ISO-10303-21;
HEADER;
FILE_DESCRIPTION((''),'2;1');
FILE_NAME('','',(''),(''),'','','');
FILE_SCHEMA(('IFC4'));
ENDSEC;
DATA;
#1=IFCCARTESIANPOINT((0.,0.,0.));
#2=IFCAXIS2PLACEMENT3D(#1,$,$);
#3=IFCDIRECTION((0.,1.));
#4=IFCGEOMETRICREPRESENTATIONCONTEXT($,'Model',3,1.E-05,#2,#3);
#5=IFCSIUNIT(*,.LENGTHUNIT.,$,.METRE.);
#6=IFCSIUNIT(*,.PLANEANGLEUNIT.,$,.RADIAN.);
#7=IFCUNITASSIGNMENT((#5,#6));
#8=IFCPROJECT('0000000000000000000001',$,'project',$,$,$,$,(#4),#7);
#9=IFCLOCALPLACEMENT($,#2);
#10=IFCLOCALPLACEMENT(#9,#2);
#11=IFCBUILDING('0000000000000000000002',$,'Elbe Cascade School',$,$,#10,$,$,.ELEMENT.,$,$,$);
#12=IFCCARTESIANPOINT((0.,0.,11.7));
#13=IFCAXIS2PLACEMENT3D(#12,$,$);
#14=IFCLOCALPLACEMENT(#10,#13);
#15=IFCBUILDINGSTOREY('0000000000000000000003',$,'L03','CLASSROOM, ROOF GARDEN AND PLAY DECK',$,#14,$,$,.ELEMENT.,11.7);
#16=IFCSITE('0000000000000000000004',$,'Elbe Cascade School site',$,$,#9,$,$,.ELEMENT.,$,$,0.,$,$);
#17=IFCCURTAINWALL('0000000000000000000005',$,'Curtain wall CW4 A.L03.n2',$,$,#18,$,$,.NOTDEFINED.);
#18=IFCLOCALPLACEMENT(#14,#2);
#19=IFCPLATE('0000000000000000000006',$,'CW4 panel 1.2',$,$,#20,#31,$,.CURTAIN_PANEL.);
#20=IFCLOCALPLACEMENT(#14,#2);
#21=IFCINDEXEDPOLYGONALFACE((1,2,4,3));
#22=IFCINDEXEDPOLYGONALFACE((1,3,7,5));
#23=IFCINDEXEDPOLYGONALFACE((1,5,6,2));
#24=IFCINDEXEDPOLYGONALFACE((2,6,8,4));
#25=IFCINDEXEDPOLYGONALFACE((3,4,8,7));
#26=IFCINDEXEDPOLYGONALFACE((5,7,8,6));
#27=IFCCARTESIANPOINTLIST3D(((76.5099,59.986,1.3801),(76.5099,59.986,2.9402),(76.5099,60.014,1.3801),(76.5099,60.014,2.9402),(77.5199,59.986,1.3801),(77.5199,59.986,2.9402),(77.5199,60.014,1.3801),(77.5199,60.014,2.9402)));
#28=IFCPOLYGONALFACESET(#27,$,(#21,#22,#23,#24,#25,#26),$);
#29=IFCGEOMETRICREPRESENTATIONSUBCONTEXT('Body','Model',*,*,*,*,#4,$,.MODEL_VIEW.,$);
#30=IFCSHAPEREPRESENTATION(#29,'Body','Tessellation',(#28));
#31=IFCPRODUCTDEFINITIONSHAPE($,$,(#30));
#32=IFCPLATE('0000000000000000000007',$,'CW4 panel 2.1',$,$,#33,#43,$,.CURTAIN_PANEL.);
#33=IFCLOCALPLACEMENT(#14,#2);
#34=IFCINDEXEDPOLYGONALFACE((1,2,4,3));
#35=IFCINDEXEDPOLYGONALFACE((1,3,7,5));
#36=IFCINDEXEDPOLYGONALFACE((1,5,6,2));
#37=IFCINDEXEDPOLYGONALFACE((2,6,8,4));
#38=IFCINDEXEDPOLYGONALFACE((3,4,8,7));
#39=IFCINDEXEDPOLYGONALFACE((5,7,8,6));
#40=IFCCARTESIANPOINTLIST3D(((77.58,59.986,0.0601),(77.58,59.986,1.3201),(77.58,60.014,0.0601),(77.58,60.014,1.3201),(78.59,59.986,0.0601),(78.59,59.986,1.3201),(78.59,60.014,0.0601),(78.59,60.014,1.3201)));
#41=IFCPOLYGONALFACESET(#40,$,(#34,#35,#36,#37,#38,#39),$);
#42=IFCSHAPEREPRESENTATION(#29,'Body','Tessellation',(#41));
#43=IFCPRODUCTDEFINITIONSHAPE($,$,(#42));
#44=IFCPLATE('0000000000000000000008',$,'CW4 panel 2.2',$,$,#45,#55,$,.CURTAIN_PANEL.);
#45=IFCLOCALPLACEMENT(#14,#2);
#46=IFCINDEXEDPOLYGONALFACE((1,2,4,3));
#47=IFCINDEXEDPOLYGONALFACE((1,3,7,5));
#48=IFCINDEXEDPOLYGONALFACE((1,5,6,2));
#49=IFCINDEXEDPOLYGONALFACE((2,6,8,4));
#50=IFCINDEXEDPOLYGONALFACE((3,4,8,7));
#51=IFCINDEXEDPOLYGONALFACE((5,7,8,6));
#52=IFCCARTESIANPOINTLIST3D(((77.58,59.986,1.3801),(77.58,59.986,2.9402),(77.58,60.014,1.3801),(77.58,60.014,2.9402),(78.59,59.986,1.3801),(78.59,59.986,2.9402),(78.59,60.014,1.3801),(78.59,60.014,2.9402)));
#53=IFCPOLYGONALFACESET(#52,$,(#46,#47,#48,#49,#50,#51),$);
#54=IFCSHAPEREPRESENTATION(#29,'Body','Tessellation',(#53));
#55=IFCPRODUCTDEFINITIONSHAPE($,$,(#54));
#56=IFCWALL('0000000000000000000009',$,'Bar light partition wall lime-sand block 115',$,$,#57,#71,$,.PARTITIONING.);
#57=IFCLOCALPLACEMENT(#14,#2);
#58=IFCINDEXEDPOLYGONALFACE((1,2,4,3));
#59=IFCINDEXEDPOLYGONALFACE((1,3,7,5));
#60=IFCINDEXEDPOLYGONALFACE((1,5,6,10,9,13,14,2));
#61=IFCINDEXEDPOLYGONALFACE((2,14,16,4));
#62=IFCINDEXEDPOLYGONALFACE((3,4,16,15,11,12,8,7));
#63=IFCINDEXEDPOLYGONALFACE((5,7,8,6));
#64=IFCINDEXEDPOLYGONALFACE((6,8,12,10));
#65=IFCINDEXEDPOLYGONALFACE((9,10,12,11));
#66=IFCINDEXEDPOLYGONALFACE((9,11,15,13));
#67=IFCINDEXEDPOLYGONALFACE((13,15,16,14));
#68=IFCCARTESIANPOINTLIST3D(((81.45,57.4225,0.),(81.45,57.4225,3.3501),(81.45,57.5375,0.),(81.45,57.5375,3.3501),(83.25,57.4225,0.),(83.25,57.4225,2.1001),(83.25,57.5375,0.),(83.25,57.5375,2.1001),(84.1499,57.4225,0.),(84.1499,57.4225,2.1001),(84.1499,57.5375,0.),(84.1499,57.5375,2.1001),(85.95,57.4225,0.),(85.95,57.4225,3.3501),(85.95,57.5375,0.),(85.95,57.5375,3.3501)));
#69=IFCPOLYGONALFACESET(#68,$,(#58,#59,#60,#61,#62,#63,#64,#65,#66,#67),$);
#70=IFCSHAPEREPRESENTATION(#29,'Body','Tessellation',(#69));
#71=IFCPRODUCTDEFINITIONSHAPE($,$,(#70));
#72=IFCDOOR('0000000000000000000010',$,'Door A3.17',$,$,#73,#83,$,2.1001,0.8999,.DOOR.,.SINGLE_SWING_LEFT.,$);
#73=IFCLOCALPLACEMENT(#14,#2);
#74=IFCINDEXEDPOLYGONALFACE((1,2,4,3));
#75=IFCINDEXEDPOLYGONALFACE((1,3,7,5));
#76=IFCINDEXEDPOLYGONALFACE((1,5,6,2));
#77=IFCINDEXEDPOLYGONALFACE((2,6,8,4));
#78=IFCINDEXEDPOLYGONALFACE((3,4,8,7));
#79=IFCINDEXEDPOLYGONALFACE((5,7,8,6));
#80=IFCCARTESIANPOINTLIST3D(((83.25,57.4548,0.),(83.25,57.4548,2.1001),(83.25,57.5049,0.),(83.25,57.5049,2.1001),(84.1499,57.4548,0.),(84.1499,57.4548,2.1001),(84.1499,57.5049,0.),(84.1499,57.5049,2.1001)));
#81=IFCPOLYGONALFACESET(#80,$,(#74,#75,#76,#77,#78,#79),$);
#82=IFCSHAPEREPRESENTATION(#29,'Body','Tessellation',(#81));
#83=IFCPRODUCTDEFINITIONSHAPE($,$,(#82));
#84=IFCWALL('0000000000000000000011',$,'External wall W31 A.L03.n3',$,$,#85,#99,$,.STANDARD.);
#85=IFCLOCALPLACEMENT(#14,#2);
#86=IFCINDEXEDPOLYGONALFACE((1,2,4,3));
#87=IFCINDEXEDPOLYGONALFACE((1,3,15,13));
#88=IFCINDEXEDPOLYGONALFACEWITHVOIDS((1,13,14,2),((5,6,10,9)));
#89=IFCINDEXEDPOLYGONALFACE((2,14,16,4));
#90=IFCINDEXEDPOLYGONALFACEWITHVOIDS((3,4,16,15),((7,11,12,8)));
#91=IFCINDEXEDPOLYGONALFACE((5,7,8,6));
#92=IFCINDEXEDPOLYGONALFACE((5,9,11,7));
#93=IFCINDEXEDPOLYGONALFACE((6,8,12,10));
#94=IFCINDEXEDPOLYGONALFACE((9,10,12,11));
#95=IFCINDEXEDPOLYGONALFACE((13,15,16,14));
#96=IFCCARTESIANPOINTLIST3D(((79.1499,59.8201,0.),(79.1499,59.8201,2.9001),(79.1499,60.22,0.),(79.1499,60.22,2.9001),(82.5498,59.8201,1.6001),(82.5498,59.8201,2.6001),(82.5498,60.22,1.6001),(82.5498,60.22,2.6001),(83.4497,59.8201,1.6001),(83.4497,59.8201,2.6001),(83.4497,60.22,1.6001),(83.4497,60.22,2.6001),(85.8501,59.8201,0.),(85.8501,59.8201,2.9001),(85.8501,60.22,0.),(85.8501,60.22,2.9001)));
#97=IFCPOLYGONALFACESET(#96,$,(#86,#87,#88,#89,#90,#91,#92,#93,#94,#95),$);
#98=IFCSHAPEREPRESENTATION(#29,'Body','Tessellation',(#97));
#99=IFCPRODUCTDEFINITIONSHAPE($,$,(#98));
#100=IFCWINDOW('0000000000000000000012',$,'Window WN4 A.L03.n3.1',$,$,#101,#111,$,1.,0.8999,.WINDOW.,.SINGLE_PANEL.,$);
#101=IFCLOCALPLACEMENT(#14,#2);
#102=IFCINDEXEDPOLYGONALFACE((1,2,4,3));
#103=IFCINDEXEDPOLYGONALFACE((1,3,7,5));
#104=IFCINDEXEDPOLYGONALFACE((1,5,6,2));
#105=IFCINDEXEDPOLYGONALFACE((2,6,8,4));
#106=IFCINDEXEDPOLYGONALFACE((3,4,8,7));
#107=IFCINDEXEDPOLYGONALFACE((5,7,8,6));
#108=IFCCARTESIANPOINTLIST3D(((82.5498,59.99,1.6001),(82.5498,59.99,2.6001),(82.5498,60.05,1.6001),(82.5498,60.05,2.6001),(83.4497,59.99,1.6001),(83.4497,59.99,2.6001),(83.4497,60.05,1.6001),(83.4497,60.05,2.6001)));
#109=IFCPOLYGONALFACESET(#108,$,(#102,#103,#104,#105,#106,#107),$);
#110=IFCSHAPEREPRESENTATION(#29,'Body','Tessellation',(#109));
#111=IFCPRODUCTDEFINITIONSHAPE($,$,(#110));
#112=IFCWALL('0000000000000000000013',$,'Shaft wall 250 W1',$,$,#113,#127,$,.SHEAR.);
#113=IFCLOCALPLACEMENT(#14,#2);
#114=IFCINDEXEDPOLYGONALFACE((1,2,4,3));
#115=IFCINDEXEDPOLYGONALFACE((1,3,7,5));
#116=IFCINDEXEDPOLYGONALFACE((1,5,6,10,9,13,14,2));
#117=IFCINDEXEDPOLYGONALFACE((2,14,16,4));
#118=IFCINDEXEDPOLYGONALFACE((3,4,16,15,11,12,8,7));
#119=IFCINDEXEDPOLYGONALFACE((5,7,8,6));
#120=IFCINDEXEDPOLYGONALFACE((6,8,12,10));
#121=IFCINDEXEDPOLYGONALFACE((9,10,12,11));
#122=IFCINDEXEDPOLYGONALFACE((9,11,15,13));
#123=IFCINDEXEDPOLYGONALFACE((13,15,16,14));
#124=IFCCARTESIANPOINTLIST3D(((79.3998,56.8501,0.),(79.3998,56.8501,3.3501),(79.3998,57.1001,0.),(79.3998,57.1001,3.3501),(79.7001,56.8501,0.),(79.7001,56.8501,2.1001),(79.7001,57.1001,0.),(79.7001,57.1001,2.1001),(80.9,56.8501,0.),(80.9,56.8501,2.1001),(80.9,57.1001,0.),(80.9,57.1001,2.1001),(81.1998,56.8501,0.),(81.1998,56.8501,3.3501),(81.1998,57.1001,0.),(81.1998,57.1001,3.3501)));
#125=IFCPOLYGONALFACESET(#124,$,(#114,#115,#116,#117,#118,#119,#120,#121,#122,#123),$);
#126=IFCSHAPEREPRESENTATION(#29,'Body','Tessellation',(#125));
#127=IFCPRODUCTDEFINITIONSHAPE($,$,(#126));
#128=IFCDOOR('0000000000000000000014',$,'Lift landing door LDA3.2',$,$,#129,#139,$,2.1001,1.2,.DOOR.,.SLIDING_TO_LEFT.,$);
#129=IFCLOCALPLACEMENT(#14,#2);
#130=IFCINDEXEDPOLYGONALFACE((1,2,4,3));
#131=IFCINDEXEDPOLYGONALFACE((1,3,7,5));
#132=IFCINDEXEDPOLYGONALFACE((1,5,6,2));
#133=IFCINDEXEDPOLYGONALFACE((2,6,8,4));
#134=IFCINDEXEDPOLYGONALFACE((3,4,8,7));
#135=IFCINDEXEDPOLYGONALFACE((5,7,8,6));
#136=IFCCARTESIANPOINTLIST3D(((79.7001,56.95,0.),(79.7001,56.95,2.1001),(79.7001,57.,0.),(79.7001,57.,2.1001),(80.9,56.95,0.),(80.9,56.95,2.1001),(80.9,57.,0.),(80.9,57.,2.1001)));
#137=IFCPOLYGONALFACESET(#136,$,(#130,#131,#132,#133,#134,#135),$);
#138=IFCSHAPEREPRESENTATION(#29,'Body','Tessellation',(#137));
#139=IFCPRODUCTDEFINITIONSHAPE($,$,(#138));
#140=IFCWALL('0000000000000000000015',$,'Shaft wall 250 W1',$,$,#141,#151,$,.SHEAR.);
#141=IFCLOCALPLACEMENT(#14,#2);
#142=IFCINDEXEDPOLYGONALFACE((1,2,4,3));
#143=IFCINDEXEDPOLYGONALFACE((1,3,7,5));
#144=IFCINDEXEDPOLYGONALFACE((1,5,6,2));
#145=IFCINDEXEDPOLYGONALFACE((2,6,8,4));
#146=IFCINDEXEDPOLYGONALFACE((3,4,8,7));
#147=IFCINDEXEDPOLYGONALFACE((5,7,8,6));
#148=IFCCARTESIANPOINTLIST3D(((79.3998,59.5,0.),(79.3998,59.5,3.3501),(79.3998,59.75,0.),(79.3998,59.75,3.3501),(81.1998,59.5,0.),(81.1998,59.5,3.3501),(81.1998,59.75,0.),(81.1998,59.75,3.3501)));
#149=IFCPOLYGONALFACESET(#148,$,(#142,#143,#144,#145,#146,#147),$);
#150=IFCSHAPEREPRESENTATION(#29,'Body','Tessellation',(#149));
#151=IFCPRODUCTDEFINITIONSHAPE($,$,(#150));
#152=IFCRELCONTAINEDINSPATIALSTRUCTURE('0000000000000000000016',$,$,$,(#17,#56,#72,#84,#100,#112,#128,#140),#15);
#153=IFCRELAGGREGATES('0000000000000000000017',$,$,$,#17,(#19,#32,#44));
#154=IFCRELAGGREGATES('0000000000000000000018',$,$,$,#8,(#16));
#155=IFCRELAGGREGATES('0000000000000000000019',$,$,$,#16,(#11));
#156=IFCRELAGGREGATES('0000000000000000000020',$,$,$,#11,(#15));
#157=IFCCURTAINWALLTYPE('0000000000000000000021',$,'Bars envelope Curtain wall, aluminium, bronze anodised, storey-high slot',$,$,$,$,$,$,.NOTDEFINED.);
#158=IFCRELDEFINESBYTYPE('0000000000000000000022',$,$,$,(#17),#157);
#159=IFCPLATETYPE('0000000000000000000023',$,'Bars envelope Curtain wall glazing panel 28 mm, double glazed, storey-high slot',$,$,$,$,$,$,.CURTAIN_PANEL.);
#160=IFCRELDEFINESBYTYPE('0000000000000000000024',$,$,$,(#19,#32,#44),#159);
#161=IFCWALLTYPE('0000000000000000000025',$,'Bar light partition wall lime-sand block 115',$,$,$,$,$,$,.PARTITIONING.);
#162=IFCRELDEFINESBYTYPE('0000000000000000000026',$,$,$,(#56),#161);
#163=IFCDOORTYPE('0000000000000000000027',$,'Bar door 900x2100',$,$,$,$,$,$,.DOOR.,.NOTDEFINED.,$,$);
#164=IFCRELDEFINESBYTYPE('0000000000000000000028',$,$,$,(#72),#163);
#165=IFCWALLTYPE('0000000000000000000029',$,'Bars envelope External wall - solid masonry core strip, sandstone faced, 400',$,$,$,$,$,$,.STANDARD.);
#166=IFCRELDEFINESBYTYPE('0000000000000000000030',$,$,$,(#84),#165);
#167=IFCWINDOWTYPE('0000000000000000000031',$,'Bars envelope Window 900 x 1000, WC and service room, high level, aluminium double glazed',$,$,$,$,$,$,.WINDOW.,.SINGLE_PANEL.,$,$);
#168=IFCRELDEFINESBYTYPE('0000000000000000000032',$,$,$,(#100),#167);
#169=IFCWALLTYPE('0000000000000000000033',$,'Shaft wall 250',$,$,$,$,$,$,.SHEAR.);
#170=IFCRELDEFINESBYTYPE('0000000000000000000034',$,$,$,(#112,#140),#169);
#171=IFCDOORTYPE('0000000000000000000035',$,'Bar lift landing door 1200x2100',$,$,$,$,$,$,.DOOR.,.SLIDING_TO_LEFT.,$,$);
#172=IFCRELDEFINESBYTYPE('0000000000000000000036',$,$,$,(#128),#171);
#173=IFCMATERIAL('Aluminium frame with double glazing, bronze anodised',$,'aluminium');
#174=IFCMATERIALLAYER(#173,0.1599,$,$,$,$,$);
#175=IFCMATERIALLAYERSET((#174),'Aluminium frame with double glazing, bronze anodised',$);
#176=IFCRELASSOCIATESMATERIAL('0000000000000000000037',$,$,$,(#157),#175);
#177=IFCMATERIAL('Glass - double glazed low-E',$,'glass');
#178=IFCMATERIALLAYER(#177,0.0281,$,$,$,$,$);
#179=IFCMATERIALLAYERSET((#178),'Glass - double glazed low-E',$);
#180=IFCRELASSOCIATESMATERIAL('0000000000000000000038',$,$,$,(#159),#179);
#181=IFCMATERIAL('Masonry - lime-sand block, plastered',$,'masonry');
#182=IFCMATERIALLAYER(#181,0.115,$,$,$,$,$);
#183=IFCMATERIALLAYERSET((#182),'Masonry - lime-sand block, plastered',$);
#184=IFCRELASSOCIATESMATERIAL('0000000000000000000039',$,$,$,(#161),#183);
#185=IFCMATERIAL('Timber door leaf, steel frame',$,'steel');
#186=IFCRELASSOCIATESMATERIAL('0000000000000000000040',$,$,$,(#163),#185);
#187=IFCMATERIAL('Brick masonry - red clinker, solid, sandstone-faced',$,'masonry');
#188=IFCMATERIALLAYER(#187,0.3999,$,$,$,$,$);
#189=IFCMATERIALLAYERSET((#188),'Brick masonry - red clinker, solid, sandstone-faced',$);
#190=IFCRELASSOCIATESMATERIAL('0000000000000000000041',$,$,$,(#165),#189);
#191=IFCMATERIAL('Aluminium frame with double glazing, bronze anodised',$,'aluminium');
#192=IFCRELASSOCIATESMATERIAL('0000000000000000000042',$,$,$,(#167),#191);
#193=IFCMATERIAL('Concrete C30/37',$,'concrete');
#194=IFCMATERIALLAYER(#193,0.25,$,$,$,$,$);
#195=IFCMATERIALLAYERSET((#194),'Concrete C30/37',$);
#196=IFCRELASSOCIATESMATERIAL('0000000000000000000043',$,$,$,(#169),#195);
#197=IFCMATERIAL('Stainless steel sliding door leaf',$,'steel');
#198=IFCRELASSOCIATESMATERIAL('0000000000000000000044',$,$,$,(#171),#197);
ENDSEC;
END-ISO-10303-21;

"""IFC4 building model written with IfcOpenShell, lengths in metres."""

from ifc_helpers import new_model, si_unit, direction, frame, frame_2d, origin, origin_2d, place, context, subcontext, project, spatial, rectangle, extrude, material, layer, layer_set, type_object, element, fill, aggregate, save


model = new_model("IFC4")

# Units and contexts
model_context = context("Model", 3, precision=1e-05, world=origin(), true_north=direction((0.0, 1.0)))
body_context = subcontext(model_context, "Body", "Model", "MODEL_VIEW")
ifc_project = project(units=[si_unit("LENGTHUNIT", "METRE"), si_unit("PLANEANGLEUNIT", "RADIAN")], contexts=[model_context])

# Site, building, storey
site_placement = place(None, origin())
site = spatial("IfcSite", under=ifc_project, at=site_placement, Name="Elbe Cascade School site", CompositionType="ELEMENT", RefElevation=0.0)
building_placement = place(site_placement, origin())
building = spatial("IfcBuilding", under=site, at=building_placement, Name="Elbe Cascade School", CompositionType="ELEMENT")
storey_placement = place(building_placement, frame((0.0, 0.0, 11.7)))
storey = spatial("IfcBuildingStorey", under=building, at=storey_placement, Name="L03", Description="CLASSROOM, ROOF GARDEN AND PLAY DECK", CompositionType="ELEMENT", Elevation=11.7)

# Curtain wall
ifc_material_1 = material(Name="Aluminium frame with double glazing, bronze anodised", Category="aluminium")
ifc_layer_1 = layer(ifc_material_1, 0.1599)
ifc_layer_set_1 = layer_set([ifc_layer_1], Name="Aluminium frame with double glazing, bronze anodised")
curtain_wall_type = type_object("IfcCurtainWallType", Name="Bars envelope Curtain wall, aluminium, bronze anodised, storey-high slot", PredefinedType="NOTDEFINED", material=ifc_layer_set_1)
curtain_wall_placement = place(storey_placement, origin())
curtain_wall = element("IfcCurtainWall", 1, at=curtain_wall_placement, inside=storey, type_object=curtain_wall_type, Name="Curtain wall CW4 A.L03.n2", PredefinedType="NOTDEFINED")

# Plates
ifc_material_2 = material(Name="Glass - double glazed low-E", Category="glass")
ifc_layer_2 = layer(ifc_material_2, 0.0281)
ifc_layer_set_2 = layer_set([ifc_layer_2], Name="Glass - double glazed low-E")
plate_type = type_object("IfcPlateType", Name="Bars envelope Curtain wall glazing panel 28 mm, double glazed, storey-high slot", PredefinedType="CURTAIN_PANEL", material=ifc_layer_set_2)
plate_1_placement = place(storey_placement, frame((77.0149, 60.0, 1.3801), z_axis=(0.0, 0.0, 1.0), x_axis=(1.0, 0.0, 0.0)))
plate_1 = element("IfcPlate", 2, at=plate_1_placement, type_object=plate_type, Name="CW4 panel 1.2", PredefinedType="CURTAIN_PANEL", context=body_context, shape_type="SweptSolid", body=[
    extrude(rectangle(XDim=1.01, YDim=0.0281, at=origin_2d()), origin(), (0.0, 0.0, 1.0), 1.5601),
])
plate_2_placement = place(storey_placement, frame((78.085, 60.0, 0.0601), z_axis=(0.0, 0.0, 1.0), x_axis=(1.0, 0.0, 0.0)))
plate_2 = element("IfcPlate", 3, at=plate_2_placement, type_object=plate_type, Name="CW4 panel 2.1", PredefinedType="CURTAIN_PANEL", context=body_context, shape_type="SweptSolid", body=[
    extrude(rectangle(XDim=1.01, YDim=0.0281, at=origin_2d()), origin(), (0.0, 0.0, 1.0), 1.26),
])
plate_3_placement = place(storey_placement, frame((78.085, 60.0, 1.3801), z_axis=(0.0, 0.0, 1.0), x_axis=(1.0, 0.0, 0.0)))
plate_3 = element("IfcPlate", 4, at=plate_3_placement, type_object=plate_type, Name="CW4 panel 2.2", PredefinedType="CURTAIN_PANEL", context=body_context, shape_type="SweptSolid", body=[
    extrude(rectangle(XDim=1.01, YDim=0.0281, at=origin_2d()), origin(), (0.0, 0.0, 1.0), 1.5601),
])
aggregate(curtain_wall, [plate_1, plate_2, plate_3])

# Wall, opening, door
ifc_material_3 = material(Name="Masonry - lime-sand block, plastered", Category="masonry")
ifc_layer_3 = layer(ifc_material_3, 0.115)
ifc_layer_set_3 = layer_set([ifc_layer_3], Name="Masonry - lime-sand block, plastered")
wall_type_1 = type_object("IfcWallType", Name="Bar light partition wall lime-sand block 115", PredefinedType="PARTITIONING", material=ifc_layer_set_3)
wall_1_placement = place(storey_placement, frame((81.45, 57.48, 0.0), z_axis=(0.0, 0.0, 1.0), x_axis=(1.0, 0.0, 0.0)))
wall_1 = element("IfcWall", 5, at=wall_1_placement, inside=storey, type_object=wall_type_1, Name="Bar light partition wall lime-sand block 115", PredefinedType="PARTITIONING", context=body_context, shape_type="SweptSolid", body=[
    extrude(rectangle(XDim=4.5, YDim=0.115, at=frame_2d((2.25, 0.0))), origin(), (0.0, 0.0, 1.0), 3.3501),
])
opening_1_placement = place(wall_1_placement, frame((1.8, 0.0, 0.0)))
opening_1 = element("IfcOpeningElement", 6, at=opening_1_placement, cuts=wall_1, PredefinedType="OPENING", context=body_context, shape_type="SweptSolid", body=[
    extrude(rectangle(XDim=0.8999, YDim=2.1001, at=frame_2d((0.45, 1.05))), frame((0.0, 0.0674, 0.0), z_axis=(0.0, -1.0, 0.0), x_axis=(1.0, 0.0, 0.0)), (0.0, 0.0, 1.0), 0.135),
])
ifc_material_4 = material(Name="Timber door leaf, steel frame", Category="steel")
door_type_1 = type_object("IfcDoorType", Name="Bar door 900x2100", OperationType="NOTDEFINED", PredefinedType="DOOR", material=ifc_material_4)
door_1_placement = place(opening_1_placement, origin())
door_1 = element("IfcDoor", 7, at=door_1_placement, inside=storey, type_object=door_type_1, Name="Door A3.17", OperationType="SINGLE_SWING_LEFT", OverallHeight=2.1001, OverallWidth=0.8999, PredefinedType="DOOR", context=body_context, shape_type="SweptSolid", body=[
    extrude(rectangle(XDim=0.8999, YDim=2.1001, at=frame_2d((0.45, 1.05))), frame((0.0, 0.0249, 0.0), z_axis=(0.0, -1.0, 0.0), x_axis=(1.0, 0.0, 0.0)), (0.0, 0.0, 1.0), 0.05),
])
fill(opening_1, door_1)

# Wall, opening, window
ifc_material_5 = material(Name="Brick masonry - red clinker, solid, sandstone-faced", Category="masonry")
ifc_layer_4 = layer(ifc_material_5, 0.3999)
ifc_layer_set_4 = layer_set([ifc_layer_4], Name="Brick masonry - red clinker, solid, sandstone-faced")
wall_type_2 = type_object("IfcWallType", Name="Bars envelope External wall - solid masonry core strip, sandstone faced, 400", PredefinedType="STANDARD", material=ifc_layer_set_4)
wall_2_placement = place(storey_placement, frame((79.1499, 60.02, 0.0), z_axis=(0.0, 0.0, 1.0), x_axis=(1.0, 0.0, 0.0)))
wall_2 = element("IfcWall", 8, at=wall_2_placement, inside=storey, type_object=wall_type_2, Name="External wall W31 A.L03.n3", PredefinedType="STANDARD", context=body_context, shape_type="SweptSolid", body=[
    extrude(rectangle(XDim=6.7002, YDim=0.3999, at=frame_2d((3.3501, 0.0))), origin(), (0.0, 0.0, 1.0), 2.9001),
])
opening_2_placement = place(wall_2_placement, frame((3.3999, 0.0, 1.6001)))
opening_2 = element("IfcOpeningElement", 9, at=opening_2_placement, cuts=wall_2, PredefinedType="OPENING", context=body_context, shape_type="SweptSolid", body=[
    extrude(rectangle(XDim=0.8999, YDim=1.0, at=frame_2d((0.45, 0.5))), frame((0.0, 0.21, 0.0), z_axis=(0.0, -1.0, 0.0), x_axis=(1.0, 0.0, 0.0)), (0.0, 0.0, 1.0), 0.4199),
])
ifc_material_6 = material(Name="Aluminium frame with double glazing, bronze anodised", Category="aluminium")
window_type = type_object("IfcWindowType", Name="Bars envelope Window 900 x 1000, WC and service room, high level, aluminium double glazed", PartitioningType="SINGLE_PANEL", PredefinedType="WINDOW", material=ifc_material_6)
window_placement = place(opening_2_placement, origin())
window = element("IfcWindow", 10, at=window_placement, inside=storey, type_object=window_type, Name="Window WN4 A.L03.n3.1", OverallHeight=1.0, OverallWidth=0.8999, PartitioningType="SINGLE_PANEL", PredefinedType="WINDOW", context=body_context, shape_type="SweptSolid", body=[
    extrude(rectangle(XDim=0.8999, YDim=1.0, at=frame_2d((0.45, 0.5))), frame((0.0, 0.03, 0.0), z_axis=(0.0, -1.0, 0.0), x_axis=(1.0, 0.0, 0.0)), (0.0, 0.0, 1.0), 0.0601),
])
fill(opening_2, window)

# Wall, opening, door
ifc_material_7 = material(Name="Concrete C30/37", Category="concrete")
ifc_layer_5 = layer(ifc_material_7, 0.25)
ifc_layer_set_5 = layer_set([ifc_layer_5], Name="Concrete C30/37")
wall_type_3 = type_object("IfcWallType", Name="Shaft wall 250", PredefinedType="SHEAR", material=ifc_layer_set_5)
wall_3_placement = place(storey_placement, frame((79.3999, 56.9751, 0.0), z_axis=(0.0, 0.0, 1.0), x_axis=(1.0, 0.0, 0.0)))
wall_3 = element("IfcWall", 11, at=wall_3_placement, inside=storey, type_object=wall_type_3, Name="Shaft wall 250 W1", PredefinedType="SHEAR", context=body_context, shape_type="SweptSolid", body=[
    extrude(rectangle(XDim=1.8, YDim=0.25, at=frame_2d((0.8999, 0.0))), origin(), (0.0, 0.0, 1.0), 3.3501),
])
opening_3_placement = place(wall_3_placement, frame((0.3, 0.0, 0.0)))
opening_3 = element("IfcOpeningElement", 12, at=opening_3_placement, cuts=wall_3, PredefinedType="OPENING", context=body_context, shape_type="SweptSolid", body=[
    extrude(rectangle(XDim=1.2, YDim=2.1001, at=frame_2d((0.6001, 1.05))), frame((0.0, 0.135, 0.0), z_axis=(0.0, -1.0, 0.0), x_axis=(1.0, 0.0, 0.0)), (0.0, 0.0, 1.0), 0.27),
])
ifc_material_8 = material(Name="Stainless steel sliding door leaf", Category="steel")
door_type_2 = type_object("IfcDoorType", Name="Bar lift landing door 1200x2100", OperationType="SLIDING_TO_LEFT", PredefinedType="DOOR", material=ifc_material_8)
door_2_placement = place(opening_3_placement, origin())
door_2 = element("IfcDoor", 13, at=door_2_placement, inside=storey, type_object=door_type_2, Name="Lift landing door LDA3.2", OperationType="SLIDING_TO_LEFT", OverallHeight=2.1001, OverallWidth=1.2, PredefinedType="DOOR", context=body_context, shape_type="SweptSolid", body=[
    extrude(rectangle(XDim=1.2, YDim=2.1001, at=frame_2d((0.6001, 1.05))), frame((0.0, 0.0249, 0.0), z_axis=(0.0, -1.0, 0.0), x_axis=(1.0, 0.0, 0.0)), (0.0, 0.0, 1.0), 0.05),
])
fill(opening_3, door_2)

# Wall
wall_4_placement = place(storey_placement, frame((79.3999, 59.625, 0.0), z_axis=(0.0, 0.0, 1.0), x_axis=(1.0, 0.0, 0.0)))
element("IfcWall", 14, at=wall_4_placement, inside=storey, type_object=wall_type_3, Name="Shaft wall 250 W1", PredefinedType="SHEAR", context=body_context, shape_type="SweptSolid", body=[
    extrude(rectangle(XDim=1.8, YDim=0.25, at=frame_2d((0.8999, 0.0))), origin(), (0.0, 0.0, 1.0), 3.3501),
])

save(model, "model.ifc")
